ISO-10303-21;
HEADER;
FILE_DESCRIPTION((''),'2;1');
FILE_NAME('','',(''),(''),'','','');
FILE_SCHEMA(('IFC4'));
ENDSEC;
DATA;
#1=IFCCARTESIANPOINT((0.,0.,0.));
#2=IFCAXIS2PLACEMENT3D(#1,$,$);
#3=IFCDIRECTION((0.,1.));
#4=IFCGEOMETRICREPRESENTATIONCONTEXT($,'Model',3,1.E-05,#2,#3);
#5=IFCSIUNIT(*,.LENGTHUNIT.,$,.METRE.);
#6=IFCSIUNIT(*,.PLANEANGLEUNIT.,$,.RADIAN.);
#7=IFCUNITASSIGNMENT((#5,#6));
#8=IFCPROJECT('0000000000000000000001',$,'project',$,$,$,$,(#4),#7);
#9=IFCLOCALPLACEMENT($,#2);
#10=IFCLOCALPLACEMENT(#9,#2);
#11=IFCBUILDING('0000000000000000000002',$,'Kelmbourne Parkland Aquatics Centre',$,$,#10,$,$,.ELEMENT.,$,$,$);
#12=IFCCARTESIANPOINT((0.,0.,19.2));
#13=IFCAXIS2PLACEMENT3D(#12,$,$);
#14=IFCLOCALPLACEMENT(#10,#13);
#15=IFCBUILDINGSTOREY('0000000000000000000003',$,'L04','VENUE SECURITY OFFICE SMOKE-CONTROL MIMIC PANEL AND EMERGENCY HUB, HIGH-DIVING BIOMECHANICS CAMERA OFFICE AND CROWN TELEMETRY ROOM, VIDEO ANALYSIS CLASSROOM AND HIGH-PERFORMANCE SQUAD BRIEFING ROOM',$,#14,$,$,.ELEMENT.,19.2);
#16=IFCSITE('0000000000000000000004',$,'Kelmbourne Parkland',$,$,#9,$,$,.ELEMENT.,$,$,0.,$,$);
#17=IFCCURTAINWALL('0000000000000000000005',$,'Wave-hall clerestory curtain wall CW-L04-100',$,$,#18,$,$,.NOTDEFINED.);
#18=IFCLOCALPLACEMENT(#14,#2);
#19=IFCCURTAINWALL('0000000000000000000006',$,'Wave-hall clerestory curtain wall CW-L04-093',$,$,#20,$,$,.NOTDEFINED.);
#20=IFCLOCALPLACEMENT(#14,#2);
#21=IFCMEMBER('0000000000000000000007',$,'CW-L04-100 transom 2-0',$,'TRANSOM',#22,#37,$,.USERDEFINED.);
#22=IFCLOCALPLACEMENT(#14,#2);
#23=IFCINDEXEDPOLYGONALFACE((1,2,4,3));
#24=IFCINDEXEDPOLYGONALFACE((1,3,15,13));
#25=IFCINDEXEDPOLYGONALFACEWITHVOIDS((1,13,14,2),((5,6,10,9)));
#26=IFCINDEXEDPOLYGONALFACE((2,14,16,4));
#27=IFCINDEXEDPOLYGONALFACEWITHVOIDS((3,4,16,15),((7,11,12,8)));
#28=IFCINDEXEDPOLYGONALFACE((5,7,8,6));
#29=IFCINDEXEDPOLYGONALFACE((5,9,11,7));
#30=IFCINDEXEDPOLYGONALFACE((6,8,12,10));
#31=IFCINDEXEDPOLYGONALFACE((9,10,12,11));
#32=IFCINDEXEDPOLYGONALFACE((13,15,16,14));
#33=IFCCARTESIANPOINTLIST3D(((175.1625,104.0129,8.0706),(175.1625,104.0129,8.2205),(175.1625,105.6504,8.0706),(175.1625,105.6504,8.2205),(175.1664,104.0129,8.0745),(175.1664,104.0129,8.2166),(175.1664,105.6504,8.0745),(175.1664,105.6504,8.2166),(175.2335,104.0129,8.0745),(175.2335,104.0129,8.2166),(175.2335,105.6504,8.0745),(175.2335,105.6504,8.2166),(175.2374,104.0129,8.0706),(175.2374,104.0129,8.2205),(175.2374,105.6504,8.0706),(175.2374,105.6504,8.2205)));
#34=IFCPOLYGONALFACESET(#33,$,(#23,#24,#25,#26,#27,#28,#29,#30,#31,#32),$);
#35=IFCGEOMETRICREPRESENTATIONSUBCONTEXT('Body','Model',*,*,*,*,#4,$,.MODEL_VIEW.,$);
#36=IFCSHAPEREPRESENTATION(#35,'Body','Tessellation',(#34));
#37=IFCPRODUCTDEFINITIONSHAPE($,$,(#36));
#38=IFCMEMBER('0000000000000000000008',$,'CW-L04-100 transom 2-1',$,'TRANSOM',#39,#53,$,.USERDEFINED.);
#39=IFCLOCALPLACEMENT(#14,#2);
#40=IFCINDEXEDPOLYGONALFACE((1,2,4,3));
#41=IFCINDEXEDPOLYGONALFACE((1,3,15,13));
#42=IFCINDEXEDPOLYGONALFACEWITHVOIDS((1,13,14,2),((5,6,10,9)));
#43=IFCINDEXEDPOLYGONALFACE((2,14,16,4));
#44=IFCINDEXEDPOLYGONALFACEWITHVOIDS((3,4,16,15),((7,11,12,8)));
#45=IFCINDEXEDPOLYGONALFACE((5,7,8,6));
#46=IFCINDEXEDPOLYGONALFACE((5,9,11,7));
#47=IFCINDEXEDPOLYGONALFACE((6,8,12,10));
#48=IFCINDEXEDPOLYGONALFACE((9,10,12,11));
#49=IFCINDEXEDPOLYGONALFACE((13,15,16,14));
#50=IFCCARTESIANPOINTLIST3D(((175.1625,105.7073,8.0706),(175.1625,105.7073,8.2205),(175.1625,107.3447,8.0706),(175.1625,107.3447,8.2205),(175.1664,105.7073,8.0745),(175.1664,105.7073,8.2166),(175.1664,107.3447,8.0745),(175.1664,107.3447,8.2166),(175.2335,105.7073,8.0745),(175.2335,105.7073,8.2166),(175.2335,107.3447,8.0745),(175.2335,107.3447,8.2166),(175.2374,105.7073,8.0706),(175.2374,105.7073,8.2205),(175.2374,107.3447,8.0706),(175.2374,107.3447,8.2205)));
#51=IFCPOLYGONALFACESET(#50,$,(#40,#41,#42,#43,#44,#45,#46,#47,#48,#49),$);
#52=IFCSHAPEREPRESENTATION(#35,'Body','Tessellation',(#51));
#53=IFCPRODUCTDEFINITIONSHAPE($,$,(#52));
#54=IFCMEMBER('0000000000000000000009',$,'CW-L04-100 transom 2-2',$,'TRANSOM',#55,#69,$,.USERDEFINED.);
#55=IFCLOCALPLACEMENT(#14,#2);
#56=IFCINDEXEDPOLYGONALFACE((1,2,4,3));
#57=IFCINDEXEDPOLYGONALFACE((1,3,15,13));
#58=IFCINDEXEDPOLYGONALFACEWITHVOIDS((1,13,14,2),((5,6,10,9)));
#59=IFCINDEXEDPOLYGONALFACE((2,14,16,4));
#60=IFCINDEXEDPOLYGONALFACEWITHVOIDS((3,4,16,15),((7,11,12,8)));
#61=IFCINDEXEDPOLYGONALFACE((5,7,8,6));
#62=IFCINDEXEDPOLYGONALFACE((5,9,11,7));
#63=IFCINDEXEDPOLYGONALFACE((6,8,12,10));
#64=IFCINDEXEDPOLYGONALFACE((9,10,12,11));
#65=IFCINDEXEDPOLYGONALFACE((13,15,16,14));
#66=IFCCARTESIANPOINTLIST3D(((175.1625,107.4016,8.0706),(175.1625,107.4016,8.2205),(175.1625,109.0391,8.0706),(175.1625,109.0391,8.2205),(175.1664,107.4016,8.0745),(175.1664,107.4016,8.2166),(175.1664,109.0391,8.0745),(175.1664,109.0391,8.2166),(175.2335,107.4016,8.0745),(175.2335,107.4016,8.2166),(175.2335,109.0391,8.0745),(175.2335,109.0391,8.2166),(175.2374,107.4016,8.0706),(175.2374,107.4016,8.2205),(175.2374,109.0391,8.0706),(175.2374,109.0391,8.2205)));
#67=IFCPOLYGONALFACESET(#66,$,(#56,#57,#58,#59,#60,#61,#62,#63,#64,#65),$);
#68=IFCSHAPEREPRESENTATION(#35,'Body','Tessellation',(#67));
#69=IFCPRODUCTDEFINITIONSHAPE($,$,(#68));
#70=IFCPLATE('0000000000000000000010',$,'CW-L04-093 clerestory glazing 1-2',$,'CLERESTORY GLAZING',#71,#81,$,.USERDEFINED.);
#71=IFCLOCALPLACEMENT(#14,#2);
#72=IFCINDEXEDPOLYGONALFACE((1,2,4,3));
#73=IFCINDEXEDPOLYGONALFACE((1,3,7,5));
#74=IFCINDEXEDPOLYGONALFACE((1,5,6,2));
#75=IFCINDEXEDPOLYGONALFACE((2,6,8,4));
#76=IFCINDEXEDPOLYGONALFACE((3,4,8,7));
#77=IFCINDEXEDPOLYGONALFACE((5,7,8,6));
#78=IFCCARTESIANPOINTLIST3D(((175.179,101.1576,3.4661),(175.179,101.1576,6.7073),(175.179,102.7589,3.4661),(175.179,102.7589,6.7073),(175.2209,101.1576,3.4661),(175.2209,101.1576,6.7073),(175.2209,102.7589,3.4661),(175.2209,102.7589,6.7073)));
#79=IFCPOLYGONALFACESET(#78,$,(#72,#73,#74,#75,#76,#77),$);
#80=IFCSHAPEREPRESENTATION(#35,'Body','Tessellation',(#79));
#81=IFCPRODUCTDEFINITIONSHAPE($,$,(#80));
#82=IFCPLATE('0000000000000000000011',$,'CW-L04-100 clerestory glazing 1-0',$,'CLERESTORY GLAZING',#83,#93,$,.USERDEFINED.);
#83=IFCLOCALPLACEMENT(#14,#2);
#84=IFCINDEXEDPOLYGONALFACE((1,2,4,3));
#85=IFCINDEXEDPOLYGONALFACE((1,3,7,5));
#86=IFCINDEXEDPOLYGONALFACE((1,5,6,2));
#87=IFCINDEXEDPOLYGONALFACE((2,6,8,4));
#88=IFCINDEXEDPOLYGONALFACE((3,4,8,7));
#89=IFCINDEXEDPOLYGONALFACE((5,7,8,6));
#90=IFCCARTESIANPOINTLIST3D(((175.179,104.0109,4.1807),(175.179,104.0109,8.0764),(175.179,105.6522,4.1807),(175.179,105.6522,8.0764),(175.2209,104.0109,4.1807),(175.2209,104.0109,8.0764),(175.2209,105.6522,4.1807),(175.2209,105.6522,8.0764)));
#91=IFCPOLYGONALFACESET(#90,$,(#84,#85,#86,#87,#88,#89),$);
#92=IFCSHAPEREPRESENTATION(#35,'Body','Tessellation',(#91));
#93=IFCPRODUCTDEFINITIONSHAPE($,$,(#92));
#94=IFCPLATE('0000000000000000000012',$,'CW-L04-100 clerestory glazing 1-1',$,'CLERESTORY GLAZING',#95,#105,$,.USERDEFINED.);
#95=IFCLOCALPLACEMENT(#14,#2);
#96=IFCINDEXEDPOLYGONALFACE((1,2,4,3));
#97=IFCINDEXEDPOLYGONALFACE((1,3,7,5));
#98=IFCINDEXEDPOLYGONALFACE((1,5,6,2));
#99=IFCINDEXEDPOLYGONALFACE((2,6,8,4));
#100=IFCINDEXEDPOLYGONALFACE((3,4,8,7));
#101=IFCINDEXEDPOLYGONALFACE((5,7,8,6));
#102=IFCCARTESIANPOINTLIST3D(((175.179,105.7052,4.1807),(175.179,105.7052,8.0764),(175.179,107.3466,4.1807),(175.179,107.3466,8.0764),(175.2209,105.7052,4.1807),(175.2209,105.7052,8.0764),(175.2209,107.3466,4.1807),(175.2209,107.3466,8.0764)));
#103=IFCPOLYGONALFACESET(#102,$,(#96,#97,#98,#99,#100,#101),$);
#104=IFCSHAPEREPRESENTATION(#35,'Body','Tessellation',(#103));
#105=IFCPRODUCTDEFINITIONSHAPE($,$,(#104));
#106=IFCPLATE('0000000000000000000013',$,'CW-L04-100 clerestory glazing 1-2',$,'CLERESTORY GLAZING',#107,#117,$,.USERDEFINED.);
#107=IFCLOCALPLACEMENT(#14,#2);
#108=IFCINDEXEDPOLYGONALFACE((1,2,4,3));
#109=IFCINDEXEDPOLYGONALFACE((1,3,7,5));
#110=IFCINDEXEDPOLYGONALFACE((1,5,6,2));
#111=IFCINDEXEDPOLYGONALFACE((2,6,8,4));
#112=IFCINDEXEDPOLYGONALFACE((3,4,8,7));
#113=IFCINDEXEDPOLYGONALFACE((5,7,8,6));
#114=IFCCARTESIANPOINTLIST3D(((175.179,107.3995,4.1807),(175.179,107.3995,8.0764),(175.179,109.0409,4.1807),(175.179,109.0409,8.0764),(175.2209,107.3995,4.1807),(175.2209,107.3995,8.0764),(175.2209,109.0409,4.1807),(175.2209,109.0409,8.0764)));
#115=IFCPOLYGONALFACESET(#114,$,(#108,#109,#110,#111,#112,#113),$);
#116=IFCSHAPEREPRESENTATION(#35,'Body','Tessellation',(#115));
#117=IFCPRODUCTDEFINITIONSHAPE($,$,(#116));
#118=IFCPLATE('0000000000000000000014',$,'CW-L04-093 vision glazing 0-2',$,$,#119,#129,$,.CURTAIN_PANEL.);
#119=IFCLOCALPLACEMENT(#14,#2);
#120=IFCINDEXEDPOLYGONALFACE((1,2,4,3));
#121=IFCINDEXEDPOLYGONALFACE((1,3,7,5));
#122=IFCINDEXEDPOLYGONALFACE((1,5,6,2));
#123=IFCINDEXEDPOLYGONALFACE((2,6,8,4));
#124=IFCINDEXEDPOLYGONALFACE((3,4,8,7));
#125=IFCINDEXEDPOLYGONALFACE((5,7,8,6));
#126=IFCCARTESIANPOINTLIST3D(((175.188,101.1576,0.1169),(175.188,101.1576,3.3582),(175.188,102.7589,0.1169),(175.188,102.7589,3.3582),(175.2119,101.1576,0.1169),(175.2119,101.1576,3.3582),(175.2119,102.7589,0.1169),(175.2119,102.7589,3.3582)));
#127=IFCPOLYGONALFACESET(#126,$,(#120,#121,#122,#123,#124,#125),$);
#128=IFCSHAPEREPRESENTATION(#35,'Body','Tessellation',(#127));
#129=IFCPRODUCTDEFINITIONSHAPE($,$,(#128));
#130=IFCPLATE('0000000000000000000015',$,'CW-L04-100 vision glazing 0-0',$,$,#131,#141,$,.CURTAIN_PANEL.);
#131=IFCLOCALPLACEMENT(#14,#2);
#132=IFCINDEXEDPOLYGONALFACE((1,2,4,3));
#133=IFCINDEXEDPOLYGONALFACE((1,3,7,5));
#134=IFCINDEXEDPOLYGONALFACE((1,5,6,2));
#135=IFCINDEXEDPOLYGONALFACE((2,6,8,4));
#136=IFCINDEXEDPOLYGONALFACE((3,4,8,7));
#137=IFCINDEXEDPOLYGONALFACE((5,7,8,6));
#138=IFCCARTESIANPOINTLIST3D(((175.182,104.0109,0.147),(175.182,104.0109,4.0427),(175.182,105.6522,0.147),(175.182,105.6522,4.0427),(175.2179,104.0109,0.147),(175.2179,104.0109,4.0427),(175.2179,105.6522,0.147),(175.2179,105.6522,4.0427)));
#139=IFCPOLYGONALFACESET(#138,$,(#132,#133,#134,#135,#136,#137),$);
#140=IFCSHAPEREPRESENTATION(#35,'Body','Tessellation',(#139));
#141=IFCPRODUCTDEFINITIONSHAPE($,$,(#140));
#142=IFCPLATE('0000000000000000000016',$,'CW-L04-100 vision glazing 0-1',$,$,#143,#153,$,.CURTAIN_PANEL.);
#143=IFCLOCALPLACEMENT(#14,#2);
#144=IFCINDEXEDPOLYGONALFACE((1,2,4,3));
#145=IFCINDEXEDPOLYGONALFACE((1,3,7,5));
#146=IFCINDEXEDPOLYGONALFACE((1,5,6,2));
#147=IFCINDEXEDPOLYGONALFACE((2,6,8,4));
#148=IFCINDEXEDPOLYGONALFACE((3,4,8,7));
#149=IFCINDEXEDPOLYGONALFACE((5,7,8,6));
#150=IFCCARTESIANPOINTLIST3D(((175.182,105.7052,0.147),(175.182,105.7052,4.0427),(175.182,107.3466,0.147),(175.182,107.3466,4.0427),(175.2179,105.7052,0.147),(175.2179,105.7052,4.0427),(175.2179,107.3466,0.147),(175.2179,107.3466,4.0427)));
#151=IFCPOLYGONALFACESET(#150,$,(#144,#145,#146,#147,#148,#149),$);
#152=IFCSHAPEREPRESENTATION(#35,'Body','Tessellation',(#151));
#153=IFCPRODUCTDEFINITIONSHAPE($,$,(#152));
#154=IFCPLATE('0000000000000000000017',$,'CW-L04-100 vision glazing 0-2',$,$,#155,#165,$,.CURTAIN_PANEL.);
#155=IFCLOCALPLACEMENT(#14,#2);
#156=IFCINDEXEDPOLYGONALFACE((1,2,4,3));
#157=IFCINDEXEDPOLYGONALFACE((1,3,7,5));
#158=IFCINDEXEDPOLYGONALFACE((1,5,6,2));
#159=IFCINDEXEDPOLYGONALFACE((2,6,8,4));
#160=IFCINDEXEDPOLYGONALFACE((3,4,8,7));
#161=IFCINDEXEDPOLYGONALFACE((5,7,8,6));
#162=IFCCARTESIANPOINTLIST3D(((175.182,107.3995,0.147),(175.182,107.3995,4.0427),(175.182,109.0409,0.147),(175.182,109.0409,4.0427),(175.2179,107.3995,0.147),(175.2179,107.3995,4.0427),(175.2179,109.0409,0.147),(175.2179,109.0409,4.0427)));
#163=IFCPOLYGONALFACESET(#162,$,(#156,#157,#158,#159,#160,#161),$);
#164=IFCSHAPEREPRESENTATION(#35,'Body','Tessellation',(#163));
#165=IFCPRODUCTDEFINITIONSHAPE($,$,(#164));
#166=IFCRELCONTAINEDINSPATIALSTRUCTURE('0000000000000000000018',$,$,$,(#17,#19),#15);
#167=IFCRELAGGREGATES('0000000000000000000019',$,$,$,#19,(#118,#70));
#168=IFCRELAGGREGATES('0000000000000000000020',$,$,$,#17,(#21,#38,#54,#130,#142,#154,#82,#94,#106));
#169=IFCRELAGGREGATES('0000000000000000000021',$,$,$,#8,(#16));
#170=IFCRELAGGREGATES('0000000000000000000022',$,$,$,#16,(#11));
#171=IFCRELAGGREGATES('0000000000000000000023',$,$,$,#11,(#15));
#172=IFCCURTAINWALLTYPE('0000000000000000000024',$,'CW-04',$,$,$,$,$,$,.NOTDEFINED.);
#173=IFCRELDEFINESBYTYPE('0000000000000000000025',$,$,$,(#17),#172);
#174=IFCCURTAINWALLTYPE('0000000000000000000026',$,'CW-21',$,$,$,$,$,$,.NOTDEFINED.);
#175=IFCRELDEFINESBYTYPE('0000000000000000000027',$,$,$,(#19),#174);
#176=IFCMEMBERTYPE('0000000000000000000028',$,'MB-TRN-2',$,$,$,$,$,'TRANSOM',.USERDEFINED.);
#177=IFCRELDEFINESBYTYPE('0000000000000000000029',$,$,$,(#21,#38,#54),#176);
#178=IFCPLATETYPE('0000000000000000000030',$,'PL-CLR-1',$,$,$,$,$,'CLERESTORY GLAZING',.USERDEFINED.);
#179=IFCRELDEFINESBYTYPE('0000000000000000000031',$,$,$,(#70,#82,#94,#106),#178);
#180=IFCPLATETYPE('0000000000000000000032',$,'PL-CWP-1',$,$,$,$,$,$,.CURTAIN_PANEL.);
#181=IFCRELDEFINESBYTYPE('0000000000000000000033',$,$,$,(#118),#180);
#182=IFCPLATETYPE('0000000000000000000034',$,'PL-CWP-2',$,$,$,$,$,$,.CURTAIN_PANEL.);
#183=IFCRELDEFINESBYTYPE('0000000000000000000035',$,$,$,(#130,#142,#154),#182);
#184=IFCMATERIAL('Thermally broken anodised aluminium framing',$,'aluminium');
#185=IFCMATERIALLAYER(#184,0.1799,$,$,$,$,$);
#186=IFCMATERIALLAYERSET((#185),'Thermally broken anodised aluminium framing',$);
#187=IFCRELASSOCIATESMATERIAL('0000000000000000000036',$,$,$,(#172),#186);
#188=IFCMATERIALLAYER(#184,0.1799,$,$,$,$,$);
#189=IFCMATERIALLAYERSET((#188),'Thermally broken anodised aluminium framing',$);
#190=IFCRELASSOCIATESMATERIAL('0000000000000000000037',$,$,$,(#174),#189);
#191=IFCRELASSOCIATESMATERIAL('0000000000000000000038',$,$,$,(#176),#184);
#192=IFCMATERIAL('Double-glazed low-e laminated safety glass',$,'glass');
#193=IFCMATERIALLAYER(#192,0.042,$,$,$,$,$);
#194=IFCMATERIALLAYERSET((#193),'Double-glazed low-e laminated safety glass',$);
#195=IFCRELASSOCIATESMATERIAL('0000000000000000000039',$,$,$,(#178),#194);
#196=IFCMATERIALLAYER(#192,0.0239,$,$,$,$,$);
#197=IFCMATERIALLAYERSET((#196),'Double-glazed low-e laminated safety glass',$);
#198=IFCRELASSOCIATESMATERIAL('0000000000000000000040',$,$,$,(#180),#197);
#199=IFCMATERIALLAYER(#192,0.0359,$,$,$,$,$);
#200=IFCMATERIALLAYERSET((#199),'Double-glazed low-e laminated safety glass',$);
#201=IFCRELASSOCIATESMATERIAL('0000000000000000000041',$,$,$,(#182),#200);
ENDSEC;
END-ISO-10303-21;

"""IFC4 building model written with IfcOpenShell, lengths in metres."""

from ifc_helpers import new_model, si_unit, direction, frame, origin, origin_2d, place, context, subcontext, project, spatial, rectangle, hollow_rectangle, extrude, material, layer, layer_set, material_profile, profile_set, type_object, element, aggregate, save


model = new_model("IFC4")

# Units and contexts
model_context = context("Model", 3, precision=1e-05, world=origin(), true_north=direction((0.0, 1.0)))
body_context = subcontext(model_context, "Body", "Model", "MODEL_VIEW")
ifc_project = project(units=[si_unit("LENGTHUNIT", "METRE"), si_unit("PLANEANGLEUNIT", "RADIAN")], contexts=[model_context])

# Site, building, storey
site_placement = place(None, origin())
site = spatial("IfcSite", under=ifc_project, at=site_placement, Name="Kelmbourne Parkland", CompositionType="ELEMENT", RefElevation=0.0)
building_placement = place(site_placement, origin())
building = spatial("IfcBuilding", under=site, at=building_placement, Name="Kelmbourne Parkland Aquatics Centre", CompositionType="ELEMENT")
storey_placement = place(building_placement, frame((0.0, 0.0, 19.2)))
storey = spatial("IfcBuildingStorey", under=building, at=storey_placement, Name="L04", Description="VENUE SECURITY OFFICE SMOKE-CONTROL MIMIC PANEL AND EMERGENCY HUB, HIGH-DIVING BIOMECHANICS CAMERA OFFICE AND CROWN TELEMETRY ROOM, VIDEO ANALYSIS CLASSROOM AND HIGH-PERFORMANCE SQUAD BRIEFING ROOM", CompositionType="ELEMENT", Elevation=19.2)

# Curtain wall
ifc_material_1 = material(Name="Thermally broken anodised aluminium framing", Category="aluminium")
ifc_layer_1 = layer(ifc_material_1, 0.1799)
ifc_layer_set_1 = layer_set([ifc_layer_1], Name="Thermally broken anodised aluminium framing")
curtain_wall_type_1 = type_object("IfcCurtainWallType", Name="CW-04", PredefinedType="NOTDEFINED", material=ifc_layer_set_1)
curtain_wall_1_placement = place(storey_placement, origin())
curtain_wall_1 = element("IfcCurtainWall", 1, at=curtain_wall_1_placement, inside=storey, type_object=curtain_wall_type_1, Name="Wave-hall clerestory curtain wall CW-L04-100", PredefinedType="NOTDEFINED")

# Curtain wall
ifc_layer_2 = layer(ifc_material_1, 0.1799)
ifc_layer_set_2 = layer_set([ifc_layer_2], Name="Thermally broken anodised aluminium framing")
curtain_wall_type_2 = type_object("IfcCurtainWallType", Name="CW-21", PredefinedType="NOTDEFINED", material=ifc_layer_set_2)
curtain_wall_2_placement = place(storey_placement, origin())
curtain_wall_2 = element("IfcCurtainWall", 2, at=curtain_wall_2_placement, inside=storey, type_object=curtain_wall_type_2, Name="Wave-hall clerestory curtain wall CW-L04-093", PredefinedType="NOTDEFINED")

# Members
ifc_material_profile_1 = material_profile(ifc_material_1, hollow_rectangle(XDim=0.075, YDim=0.1499, WallThickness=0.0039, at=origin_2d()), Name="CW-T 75x150")
ifc_profile_set_1 = profile_set([ifc_material_profile_1], Name="Thermally broken anodised aluminium framing")
member_type_1 = type_object("IfcMemberType", Name="MB-TRN-2", ElementType="TRANSOM", PredefinedType="USERDEFINED", material=ifc_profile_set_1)
member_1_placement = place(storey_placement, frame((175.2, 104.0129, 8.1455), z_axis=(0.0, 1.0, 0.0), x_axis=(-1.0, 0.0, 0.0)))
member_1 = element("IfcMember", 3, at=member_1_placement, type_object=member_type_1, Name="CW-L04-100 transom 2-0", ObjectType="TRANSOM", PredefinedType="USERDEFINED", context=body_context, shape_type="SweptSolid", body=[
    extrude(hollow_rectangle(XDim=0.075, YDim=0.1499, WallThickness=0.0039, at=origin_2d()), origin(), (0.0, 0.0, 1.0), 1.6375),
])
member_2_placement = place(storey_placement, frame((175.2, 105.7073, 8.1455), z_axis=(0.0, 1.0, 0.0), x_axis=(-1.0, 0.0, 0.0)))
member_2 = element("IfcMember", 4, at=member_2_placement, type_object=member_type_1, Name="CW-L04-100 transom 2-1", ObjectType="TRANSOM", PredefinedType="USERDEFINED", context=body_context, shape_type="SweptSolid", body=[
    extrude(hollow_rectangle(XDim=0.075, YDim=0.1499, WallThickness=0.0039, at=origin_2d()), origin(), (0.0, 0.0, 1.0), 1.6375),
])
member_3_placement = place(storey_placement, frame((175.2, 107.4016, 8.1455), z_axis=(0.0, 1.0, 0.0), x_axis=(-1.0, 0.0, 0.0)))
member_3 = element("IfcMember", 5, at=member_3_placement, type_object=member_type_1, Name="CW-L04-100 transom 2-2", ObjectType="TRANSOM", PredefinedType="USERDEFINED", context=body_context, shape_type="SweptSolid", body=[
    extrude(hollow_rectangle(XDim=0.075, YDim=0.1499, WallThickness=0.0039, at=origin_2d()), origin(), (0.0, 0.0, 1.0), 1.6375),
])

# Plates
ifc_material_2 = material(Name="Double-glazed low-e laminated safety glass", Category="glass")
ifc_layer_3 = layer(ifc_material_2, 0.042)
ifc_layer_set_3 = layer_set([ifc_layer_3], Name="Double-glazed low-e laminated safety glass")
plate_type_1 = type_object("IfcPlateType", Name="PL-CLR-1", ElementType="CLERESTORY GLAZING", PredefinedType="USERDEFINED", material=ifc_layer_set_3)
plate_1_placement = place(storey_placement, frame((175.2, 101.9583, 3.4661), z_axis=(0.0, 0.0, 1.0), x_axis=(0.0, 1.0, 0.0)))
plate_1 = element("IfcPlate", 6, at=plate_1_placement, type_object=plate_type_1, Name="CW-L04-093 clerestory glazing 1-2", ObjectType="CLERESTORY GLAZING", PredefinedType="USERDEFINED", context=body_context, shape_type="SweptSolid", body=[
    extrude(rectangle(XDim=1.6013, YDim=0.042, at=origin_2d()), origin(), (0.0, 0.0, 1.0), 3.2412),
])
plate_2_placement = place(storey_placement, frame((175.2, 104.8315, 4.1807), z_axis=(0.0, 0.0, 1.0), x_axis=(0.0, 1.0, 0.0)))
plate_2 = element("IfcPlate", 7, at=plate_2_placement, type_object=plate_type_1, Name="CW-L04-100 clerestory glazing 1-0", ObjectType="CLERESTORY GLAZING", PredefinedType="USERDEFINED", context=body_context, shape_type="SweptSolid", body=[
    extrude(rectangle(XDim=1.6414, YDim=0.042, at=origin_2d()), origin(), (0.0, 0.0, 1.0), 3.8958),
])
plate_3_placement = place(storey_placement, frame((175.2, 106.5259, 4.1807), z_axis=(0.0, 0.0, 1.0), x_axis=(0.0, 1.0, 0.0)))
plate_3 = element("IfcPlate", 8, at=plate_3_placement, type_object=plate_type_1, Name="CW-L04-100 clerestory glazing 1-1", ObjectType="CLERESTORY GLAZING", PredefinedType="USERDEFINED", context=body_context, shape_type="SweptSolid", body=[
    extrude(rectangle(XDim=1.6414, YDim=0.042, at=origin_2d()), origin(), (0.0, 0.0, 1.0), 3.8958),
])
plate_4_placement = place(storey_placement, frame((175.2, 108.2202, 4.1807), z_axis=(0.0, 0.0, 1.0), x_axis=(0.0, 1.0, 0.0)))
plate_4 = element("IfcPlate", 9, at=plate_4_placement, type_object=plate_type_1, Name="CW-L04-100 clerestory glazing 1-2", ObjectType="CLERESTORY GLAZING", PredefinedType="USERDEFINED", context=body_context, shape_type="SweptSolid", body=[
    extrude(rectangle(XDim=1.6414, YDim=0.042, at=origin_2d()), origin(), (0.0, 0.0, 1.0), 3.8958),
])
ifc_layer_4 = layer(ifc_material_2, 0.0239)
ifc_layer_set_4 = layer_set([ifc_layer_4], Name="Double-glazed low-e laminated safety glass")
plate_type_2 = type_object("IfcPlateType", Name="PL-CWP-1", PredefinedType="CURTAIN_PANEL", material=ifc_layer_set_4)
plate_5_placement = place(storey_placement, frame((175.2, 101.9583, 0.1169), z_axis=(0.0, 0.0, 1.0), x_axis=(0.0, 1.0, 0.0)))
plate_5 = element("IfcPlate", 10, at=plate_5_placement, type_object=plate_type_2, Name="CW-L04-093 vision glazing 0-2", PredefinedType="CURTAIN_PANEL", context=body_context, shape_type="SweptSolid", body=[
    extrude(rectangle(XDim=1.6013, YDim=0.0239, at=origin_2d()), origin(), (0.0, 0.0, 1.0), 3.2412),
])
aggregate(curtain_wall_2, [plate_5, plate_1])
ifc_layer_5 = layer(ifc_material_2, 0.0359)
ifc_layer_set_5 = layer_set([ifc_layer_5], Name="Double-glazed low-e laminated safety glass")
plate_type_3 = type_object("IfcPlateType", Name="PL-CWP-2", PredefinedType="CURTAIN_PANEL", material=ifc_layer_set_5)
plate_6_placement = place(storey_placement, frame((175.2, 104.8315, 0.147), z_axis=(0.0, 0.0, 1.0), x_axis=(0.0, 1.0, 0.0)))
plate_6 = element("IfcPlate", 11, at=plate_6_placement, type_object=plate_type_3, Name="CW-L04-100 vision glazing 0-0", PredefinedType="CURTAIN_PANEL", context=body_context, shape_type="SweptSolid", body=[
    extrude(rectangle(XDim=1.6414, YDim=0.0359, at=origin_2d()), origin(), (0.0, 0.0, 1.0), 3.8958),
])
plate_7_placement = place(storey_placement, frame((175.2, 106.5259, 0.147), z_axis=(0.0, 0.0, 1.0), x_axis=(0.0, 1.0, 0.0)))
plate_7 = element("IfcPlate", 12, at=plate_7_placement, type_object=plate_type_3, Name="CW-L04-100 vision glazing 0-1", PredefinedType="CURTAIN_PANEL", context=body_context, shape_type="SweptSolid", body=[
    extrude(rectangle(XDim=1.6414, YDim=0.0359, at=origin_2d()), origin(), (0.0, 0.0, 1.0), 3.8958),
])
plate_8_placement = place(storey_placement, frame((175.2, 108.2202, 0.147), z_axis=(0.0, 0.0, 1.0), x_axis=(0.0, 1.0, 0.0)))
plate_8 = element("IfcPlate", 13, at=plate_8_placement, type_object=plate_type_3, Name="CW-L04-100 vision glazing 0-2", PredefinedType="CURTAIN_PANEL", context=body_context, shape_type="SweptSolid", body=[
    extrude(rectangle(XDim=1.6414, YDim=0.0359, at=origin_2d()), origin(), (0.0, 0.0, 1.0), 3.8958),
])
aggregate(curtain_wall_1, [member_1, member_2, member_3, plate_6, plate_7, plate_8, plate_2, plate_3, plate_4])

save(model, "model.ifc")
